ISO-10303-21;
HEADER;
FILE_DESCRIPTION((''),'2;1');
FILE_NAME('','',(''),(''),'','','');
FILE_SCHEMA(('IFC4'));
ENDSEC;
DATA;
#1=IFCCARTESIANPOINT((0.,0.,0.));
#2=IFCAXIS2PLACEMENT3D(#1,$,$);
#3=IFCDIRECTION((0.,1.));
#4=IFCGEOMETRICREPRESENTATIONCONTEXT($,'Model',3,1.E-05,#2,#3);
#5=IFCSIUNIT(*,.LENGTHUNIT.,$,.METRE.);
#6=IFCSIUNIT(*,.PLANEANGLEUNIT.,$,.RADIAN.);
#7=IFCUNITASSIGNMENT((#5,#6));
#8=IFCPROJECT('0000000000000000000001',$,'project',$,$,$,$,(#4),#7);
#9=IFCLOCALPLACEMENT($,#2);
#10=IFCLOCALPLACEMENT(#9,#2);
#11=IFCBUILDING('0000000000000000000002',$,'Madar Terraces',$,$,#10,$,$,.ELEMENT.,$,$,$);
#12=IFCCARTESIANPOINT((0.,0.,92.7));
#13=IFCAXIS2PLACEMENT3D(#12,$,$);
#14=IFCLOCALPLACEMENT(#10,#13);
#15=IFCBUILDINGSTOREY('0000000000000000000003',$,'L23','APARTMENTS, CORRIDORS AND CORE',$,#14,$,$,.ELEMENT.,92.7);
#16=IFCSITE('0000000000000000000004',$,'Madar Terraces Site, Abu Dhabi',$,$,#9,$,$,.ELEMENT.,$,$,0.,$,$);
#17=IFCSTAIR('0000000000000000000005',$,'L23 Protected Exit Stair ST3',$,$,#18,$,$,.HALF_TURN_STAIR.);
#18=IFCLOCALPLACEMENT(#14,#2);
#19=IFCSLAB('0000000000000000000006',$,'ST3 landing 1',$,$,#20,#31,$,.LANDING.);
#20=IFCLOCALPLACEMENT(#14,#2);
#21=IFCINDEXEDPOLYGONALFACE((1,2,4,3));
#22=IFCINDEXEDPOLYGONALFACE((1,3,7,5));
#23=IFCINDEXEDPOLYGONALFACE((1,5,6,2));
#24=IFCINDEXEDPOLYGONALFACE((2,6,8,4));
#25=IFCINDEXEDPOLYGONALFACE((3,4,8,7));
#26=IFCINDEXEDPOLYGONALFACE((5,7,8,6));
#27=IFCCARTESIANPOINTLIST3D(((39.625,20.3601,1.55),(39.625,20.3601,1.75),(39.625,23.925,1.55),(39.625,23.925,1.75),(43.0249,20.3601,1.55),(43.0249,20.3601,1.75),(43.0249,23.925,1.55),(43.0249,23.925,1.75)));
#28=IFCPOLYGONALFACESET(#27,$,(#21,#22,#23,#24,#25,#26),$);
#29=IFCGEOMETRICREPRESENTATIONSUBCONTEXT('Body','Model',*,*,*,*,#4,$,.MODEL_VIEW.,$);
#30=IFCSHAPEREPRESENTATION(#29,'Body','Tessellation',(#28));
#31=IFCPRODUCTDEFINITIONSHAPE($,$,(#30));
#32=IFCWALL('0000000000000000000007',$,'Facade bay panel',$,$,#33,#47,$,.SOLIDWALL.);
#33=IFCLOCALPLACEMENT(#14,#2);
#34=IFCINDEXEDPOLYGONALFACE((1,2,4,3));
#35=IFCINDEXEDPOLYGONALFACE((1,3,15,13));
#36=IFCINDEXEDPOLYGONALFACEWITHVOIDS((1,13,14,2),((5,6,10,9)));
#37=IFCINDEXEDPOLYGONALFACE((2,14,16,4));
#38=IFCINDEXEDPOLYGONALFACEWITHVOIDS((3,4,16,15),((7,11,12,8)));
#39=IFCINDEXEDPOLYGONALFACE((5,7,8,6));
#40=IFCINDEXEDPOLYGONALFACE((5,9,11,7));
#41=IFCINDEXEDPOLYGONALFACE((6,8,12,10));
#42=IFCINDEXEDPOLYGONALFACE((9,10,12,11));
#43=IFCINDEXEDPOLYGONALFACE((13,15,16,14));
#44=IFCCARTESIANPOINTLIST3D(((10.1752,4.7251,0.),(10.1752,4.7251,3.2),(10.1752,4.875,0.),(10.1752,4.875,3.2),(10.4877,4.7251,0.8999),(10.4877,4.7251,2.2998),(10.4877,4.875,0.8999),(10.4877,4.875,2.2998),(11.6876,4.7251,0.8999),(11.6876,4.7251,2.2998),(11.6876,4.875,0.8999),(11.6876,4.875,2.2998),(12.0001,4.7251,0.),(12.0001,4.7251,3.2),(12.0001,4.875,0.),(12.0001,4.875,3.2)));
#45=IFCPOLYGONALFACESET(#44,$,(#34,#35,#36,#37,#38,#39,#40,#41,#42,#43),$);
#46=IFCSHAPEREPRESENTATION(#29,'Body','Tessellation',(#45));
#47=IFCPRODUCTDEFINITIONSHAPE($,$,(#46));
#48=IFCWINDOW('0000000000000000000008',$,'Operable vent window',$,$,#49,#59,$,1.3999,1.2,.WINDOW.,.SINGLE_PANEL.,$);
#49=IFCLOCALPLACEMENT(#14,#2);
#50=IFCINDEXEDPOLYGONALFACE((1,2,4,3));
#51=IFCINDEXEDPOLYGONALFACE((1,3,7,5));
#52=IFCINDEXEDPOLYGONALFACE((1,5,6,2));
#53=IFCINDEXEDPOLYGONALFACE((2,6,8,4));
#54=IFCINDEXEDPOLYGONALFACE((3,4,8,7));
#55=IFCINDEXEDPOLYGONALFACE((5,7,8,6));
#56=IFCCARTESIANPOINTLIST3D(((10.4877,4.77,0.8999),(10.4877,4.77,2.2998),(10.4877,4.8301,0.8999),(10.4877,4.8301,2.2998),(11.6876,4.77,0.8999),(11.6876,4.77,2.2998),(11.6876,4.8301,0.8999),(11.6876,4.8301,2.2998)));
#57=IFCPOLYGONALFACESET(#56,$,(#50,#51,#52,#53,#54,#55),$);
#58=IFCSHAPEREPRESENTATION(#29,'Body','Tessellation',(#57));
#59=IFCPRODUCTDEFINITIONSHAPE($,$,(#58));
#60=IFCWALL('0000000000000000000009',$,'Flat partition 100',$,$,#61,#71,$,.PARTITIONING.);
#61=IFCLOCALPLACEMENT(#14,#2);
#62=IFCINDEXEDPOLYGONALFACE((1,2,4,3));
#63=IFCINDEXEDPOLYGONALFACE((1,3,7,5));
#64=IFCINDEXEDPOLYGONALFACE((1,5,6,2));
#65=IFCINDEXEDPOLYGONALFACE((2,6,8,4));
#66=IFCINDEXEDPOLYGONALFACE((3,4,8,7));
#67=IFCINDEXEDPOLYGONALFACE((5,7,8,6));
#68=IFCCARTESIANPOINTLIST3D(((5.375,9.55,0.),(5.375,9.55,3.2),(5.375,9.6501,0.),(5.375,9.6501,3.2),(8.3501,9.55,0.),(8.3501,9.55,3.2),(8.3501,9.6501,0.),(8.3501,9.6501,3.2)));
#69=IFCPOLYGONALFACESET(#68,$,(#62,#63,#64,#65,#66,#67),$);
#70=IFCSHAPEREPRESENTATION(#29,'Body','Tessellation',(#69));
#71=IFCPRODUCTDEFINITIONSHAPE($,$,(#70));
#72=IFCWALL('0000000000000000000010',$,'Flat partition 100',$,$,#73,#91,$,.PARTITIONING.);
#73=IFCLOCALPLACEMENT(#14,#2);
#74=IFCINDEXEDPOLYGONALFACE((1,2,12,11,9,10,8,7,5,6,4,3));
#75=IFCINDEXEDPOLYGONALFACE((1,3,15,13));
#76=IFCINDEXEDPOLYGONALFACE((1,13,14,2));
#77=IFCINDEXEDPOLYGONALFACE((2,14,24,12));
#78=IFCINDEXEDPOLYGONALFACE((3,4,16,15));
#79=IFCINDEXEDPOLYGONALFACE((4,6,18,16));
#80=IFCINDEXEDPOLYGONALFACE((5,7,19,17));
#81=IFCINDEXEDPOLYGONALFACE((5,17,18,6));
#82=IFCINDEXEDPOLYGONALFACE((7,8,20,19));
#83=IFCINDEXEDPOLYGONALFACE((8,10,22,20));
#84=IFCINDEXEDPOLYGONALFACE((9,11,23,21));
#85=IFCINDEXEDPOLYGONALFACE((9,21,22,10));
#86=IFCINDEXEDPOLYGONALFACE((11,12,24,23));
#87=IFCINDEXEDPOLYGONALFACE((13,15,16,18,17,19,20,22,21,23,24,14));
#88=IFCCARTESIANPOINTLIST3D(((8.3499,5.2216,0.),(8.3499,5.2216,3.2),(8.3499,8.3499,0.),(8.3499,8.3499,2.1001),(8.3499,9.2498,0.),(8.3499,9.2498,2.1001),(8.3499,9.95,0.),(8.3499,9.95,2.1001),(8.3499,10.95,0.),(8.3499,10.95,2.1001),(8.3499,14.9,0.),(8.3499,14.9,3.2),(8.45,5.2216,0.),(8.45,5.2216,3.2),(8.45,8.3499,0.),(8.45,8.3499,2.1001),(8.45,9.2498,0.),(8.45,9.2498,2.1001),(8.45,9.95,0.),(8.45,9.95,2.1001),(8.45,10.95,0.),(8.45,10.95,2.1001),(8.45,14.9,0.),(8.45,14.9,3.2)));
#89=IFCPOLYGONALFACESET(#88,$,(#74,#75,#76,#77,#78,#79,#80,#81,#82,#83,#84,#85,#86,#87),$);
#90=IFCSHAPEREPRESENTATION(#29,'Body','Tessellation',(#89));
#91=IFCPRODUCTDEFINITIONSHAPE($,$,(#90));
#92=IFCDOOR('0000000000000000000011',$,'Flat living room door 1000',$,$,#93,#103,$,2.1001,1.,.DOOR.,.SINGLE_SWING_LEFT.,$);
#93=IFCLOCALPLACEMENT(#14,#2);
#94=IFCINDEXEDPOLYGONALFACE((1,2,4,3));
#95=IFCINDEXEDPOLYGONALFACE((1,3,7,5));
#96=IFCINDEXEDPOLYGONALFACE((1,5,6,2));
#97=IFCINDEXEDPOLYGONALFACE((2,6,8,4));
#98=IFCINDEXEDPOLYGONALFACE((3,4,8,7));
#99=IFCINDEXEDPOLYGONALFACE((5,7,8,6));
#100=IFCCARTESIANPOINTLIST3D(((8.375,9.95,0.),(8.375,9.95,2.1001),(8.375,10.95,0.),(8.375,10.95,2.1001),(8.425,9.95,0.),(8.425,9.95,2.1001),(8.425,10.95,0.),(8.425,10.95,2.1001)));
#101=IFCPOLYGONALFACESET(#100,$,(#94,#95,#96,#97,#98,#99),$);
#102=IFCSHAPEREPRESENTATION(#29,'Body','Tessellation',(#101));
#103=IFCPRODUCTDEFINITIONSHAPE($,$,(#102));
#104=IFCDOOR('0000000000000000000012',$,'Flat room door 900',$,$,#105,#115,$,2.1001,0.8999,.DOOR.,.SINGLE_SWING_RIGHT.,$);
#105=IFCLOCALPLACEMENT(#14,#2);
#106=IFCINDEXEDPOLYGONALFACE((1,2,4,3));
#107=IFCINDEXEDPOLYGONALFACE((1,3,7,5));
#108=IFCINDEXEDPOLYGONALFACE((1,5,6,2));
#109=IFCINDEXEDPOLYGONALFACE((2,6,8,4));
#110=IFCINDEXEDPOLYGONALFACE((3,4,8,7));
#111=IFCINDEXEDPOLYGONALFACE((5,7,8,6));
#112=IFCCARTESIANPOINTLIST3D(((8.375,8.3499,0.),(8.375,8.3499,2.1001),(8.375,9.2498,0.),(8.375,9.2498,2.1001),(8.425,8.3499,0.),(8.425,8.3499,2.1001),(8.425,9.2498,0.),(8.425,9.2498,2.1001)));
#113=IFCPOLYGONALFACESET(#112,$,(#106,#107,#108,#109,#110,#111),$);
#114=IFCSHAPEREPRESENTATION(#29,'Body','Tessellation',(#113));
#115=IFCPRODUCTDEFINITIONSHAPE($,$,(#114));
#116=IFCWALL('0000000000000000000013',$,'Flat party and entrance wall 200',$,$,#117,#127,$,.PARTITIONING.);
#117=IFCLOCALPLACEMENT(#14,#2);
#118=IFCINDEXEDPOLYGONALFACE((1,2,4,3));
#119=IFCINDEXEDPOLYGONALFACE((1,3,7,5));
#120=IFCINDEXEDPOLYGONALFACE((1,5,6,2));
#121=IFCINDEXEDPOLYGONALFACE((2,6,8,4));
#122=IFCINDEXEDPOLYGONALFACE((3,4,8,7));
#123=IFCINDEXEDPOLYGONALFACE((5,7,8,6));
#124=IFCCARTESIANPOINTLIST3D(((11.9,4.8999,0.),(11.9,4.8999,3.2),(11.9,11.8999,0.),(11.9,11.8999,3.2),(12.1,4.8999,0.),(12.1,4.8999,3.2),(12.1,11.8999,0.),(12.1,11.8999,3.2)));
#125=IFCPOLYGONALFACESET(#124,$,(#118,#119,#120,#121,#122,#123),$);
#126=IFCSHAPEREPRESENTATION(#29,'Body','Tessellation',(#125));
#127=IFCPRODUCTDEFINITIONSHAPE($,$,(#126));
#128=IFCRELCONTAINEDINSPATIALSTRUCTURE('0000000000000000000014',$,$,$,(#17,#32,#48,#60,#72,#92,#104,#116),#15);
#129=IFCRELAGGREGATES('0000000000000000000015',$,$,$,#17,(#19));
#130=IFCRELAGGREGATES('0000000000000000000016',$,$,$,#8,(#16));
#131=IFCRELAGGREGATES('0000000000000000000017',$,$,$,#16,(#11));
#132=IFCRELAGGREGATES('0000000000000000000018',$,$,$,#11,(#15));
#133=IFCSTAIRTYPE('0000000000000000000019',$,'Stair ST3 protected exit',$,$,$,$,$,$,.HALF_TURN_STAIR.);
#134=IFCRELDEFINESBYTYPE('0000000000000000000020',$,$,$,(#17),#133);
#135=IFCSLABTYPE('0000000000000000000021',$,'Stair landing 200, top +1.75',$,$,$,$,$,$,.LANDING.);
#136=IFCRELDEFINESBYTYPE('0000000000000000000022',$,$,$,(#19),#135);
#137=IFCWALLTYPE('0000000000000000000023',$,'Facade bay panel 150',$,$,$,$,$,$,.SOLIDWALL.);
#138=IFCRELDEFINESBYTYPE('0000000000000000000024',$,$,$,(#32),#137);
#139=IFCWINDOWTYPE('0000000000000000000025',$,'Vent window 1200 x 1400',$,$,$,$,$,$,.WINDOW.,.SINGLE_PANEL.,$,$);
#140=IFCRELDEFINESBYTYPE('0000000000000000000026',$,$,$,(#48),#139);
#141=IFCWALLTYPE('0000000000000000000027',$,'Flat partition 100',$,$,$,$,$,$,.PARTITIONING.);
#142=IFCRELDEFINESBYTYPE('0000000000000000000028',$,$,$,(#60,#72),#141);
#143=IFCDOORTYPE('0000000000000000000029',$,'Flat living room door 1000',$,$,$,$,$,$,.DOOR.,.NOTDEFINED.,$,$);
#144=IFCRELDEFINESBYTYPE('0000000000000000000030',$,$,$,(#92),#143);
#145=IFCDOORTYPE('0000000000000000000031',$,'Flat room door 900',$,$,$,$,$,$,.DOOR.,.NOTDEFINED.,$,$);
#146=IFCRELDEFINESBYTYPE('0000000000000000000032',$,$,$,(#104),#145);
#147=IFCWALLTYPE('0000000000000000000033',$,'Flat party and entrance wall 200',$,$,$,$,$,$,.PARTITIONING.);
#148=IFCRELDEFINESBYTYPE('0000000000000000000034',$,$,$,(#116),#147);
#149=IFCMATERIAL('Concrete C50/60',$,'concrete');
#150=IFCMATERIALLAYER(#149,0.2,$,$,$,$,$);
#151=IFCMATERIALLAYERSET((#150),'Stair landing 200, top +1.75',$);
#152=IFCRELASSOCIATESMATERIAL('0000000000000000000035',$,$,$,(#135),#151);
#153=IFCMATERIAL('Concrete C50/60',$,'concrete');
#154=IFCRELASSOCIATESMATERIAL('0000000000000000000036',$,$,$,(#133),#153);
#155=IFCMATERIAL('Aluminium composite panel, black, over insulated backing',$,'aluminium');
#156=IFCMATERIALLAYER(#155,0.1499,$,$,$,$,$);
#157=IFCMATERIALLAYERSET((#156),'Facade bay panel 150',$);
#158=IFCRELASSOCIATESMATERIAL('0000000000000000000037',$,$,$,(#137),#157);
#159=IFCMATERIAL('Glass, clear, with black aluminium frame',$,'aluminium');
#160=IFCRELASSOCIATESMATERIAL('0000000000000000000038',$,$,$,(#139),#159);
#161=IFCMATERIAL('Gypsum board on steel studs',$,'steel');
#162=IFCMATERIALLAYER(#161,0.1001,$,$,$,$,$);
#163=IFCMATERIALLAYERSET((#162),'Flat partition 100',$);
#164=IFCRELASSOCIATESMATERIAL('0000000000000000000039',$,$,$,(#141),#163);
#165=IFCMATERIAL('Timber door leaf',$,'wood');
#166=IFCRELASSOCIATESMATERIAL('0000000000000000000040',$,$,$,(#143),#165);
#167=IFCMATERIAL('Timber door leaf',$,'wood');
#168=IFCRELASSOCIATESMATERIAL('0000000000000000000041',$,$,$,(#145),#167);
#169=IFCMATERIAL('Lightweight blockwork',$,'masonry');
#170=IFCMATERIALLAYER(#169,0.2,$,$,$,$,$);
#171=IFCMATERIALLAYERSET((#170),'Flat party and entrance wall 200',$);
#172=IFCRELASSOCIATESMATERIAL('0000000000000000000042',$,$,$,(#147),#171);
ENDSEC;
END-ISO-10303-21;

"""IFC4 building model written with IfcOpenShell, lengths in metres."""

from ifc_helpers import new_model, si_unit, direction, frame, frame_2d, origin, place, context, subcontext, project, spatial, polyline, rectangle, outline, extrude, material, layer, layer_set, type_object, element, fill, aggregate, save


model = new_model("IFC4")

# Units and contexts
model_context = context("Model", 3, precision=1e-05, world=origin(), true_north=direction((0.0, 1.0)))
body_context = subcontext(model_context, "Body", "Model", "MODEL_VIEW")
ifc_project = project(units=[si_unit("LENGTHUNIT", "METRE"), si_unit("PLANEANGLEUNIT", "RADIAN")], contexts=[model_context])

# Site, building, storey
site_placement = place(None, origin())
site = spatial("IfcSite", under=ifc_project, at=site_placement, Name="Madar Terraces Site, Abu Dhabi", CompositionType="ELEMENT", RefElevation=0.0)
building_placement = place(site_placement, origin())
building = spatial("IfcBuilding", under=site, at=building_placement, Name="Madar Terraces", CompositionType="ELEMENT")
storey_placement = place(building_placement, frame((0.0, 0.0, 92.7)))
storey = spatial("IfcBuildingStorey", under=building, at=storey_placement, Name="L23", Description="APARTMENTS, CORRIDORS AND CORE", CompositionType="ELEMENT", Elevation=92.7)

# Stair, slab
ifc_material_1 = material(Name="Concrete C50/60", Category="concrete")
ifc_layer_1 = layer(ifc_material_1, 0.2)
ifc_layer_set_1 = layer_set([ifc_layer_1], Name="Stair landing 200, top +1.75")
slab_type_1 = type_object("IfcSlabType", Name="Stair landing 200, top +1.75", PredefinedType="LANDING", material=ifc_layer_set_1)
ifc_material_2 = material(Name="Concrete C50/60", Category="concrete")
stair_type_1 = type_object("IfcStairType", Name="Stair ST3 protected exit", PredefinedType="HALF_TURN_STAIR", material=ifc_material_2)
stair_1_placement = place(storey_placement, origin())
stair_1 = element("IfcStair", 1, at=stair_1_placement, inside=storey, type_object=stair_type_1, Name="L23 Protected Exit Stair ST3", PredefinedType="HALF_TURN_STAIR")
slab_1_placement = place(storey_placement, frame((0.0, 0.0, 1.55)))
slab_1 = element("IfcSlab", 2, at=slab_1_placement, type_object=slab_type_1, Name="ST3 landing 1", PredefinedType="LANDING", context=body_context, shape_type="SweptSolid", body=[
    extrude(outline(polyline([(39.625, 20.3601), (43.0249, 20.3601), (43.0249, 23.925), (39.625, 23.925), (39.625, 20.3601)])), origin(), (0.0, 0.0, 1.0), 0.2),
])
aggregate(stair_1, [slab_1])

# Wall, opening, window
ifc_material_3 = material(Name="Aluminium composite panel, black, over insulated backing", Category="aluminium")
ifc_layer_2 = layer(ifc_material_3, 0.1499)
ifc_layer_set_2 = layer_set([ifc_layer_2], Name="Facade bay panel 150")
wall_type_1 = type_object("IfcWallType", Name="Facade bay panel 150", PredefinedType="SOLIDWALL", material=ifc_layer_set_2)
wall_1_placement = place(storey_placement, frame((10.175, 4.8, 0.0), z_axis=(0.0, 0.0, 1.0), x_axis=(1.0, 0.0, 0.0)))
wall_1 = element("IfcWall", 3, at=wall_1_placement, inside=storey, type_object=wall_type_1, Name="Facade bay panel", PredefinedType="SOLIDWALL", context=body_context, shape_type="SweptSolid", body=[
    extrude(rectangle(XDim=1.825, YDim=0.1499, at=frame_2d((0.9126, 0.0))), origin(), (0.0, 0.0, 1.0), 3.2),
])
opening_1_placement = place(wall_1_placement, frame((0.3125, 0.0, 0.8999)))
opening_1 = element("IfcOpeningElement", 4, at=opening_1_placement, cuts=wall_1, PredefinedType="OPENING", context=body_context, shape_type="SweptSolid", body=[
    extrude(rectangle(XDim=1.2, YDim=1.3999, at=frame_2d((0.6001, 0.7))), frame((0.0, 0.085, 0.0), z_axis=(0.0, -1.0, 0.0), x_axis=(1.0, 0.0, 0.0)), (0.0, 0.0, 1.0), 0.1699),
])
ifc_material_4 = material(Name="Glass, clear, with black aluminium frame", Category="aluminium")
window_type = type_object("IfcWindowType", Name="Vent window 1200 x 1400", PartitioningType="SINGLE_PANEL", PredefinedType="WINDOW", material=ifc_material_4)
window_placement = place(opening_1_placement, origin())
window = element("IfcWindow", 5, at=window_placement, inside=storey, type_object=window_type, Name="Operable vent window", OverallHeight=1.3999, OverallWidth=1.2, PartitioningType="SINGLE_PANEL", PredefinedType="WINDOW", context=body_context, shape_type="SweptSolid", body=[
    extrude(rectangle(XDim=1.2, YDim=1.3999, at=frame_2d((0.6001, 0.7))), frame((0.0, 0.03, 0.0), z_axis=(0.0, -1.0, 0.0), x_axis=(1.0, 0.0, 0.0)), (0.0, 0.0, 1.0), 0.0601),
])
fill(opening_1, window)

# Wall
ifc_material_5 = material(Name="Gypsum board on steel studs", Category="steel")
ifc_layer_3 = layer(ifc_material_5, 0.1001)
ifc_layer_set_3 = layer_set([ifc_layer_3], Name="Flat partition 100")
wall_type_2 = type_object("IfcWallType", Name="Flat partition 100", PredefinedType="PARTITIONING", material=ifc_layer_set_3)
wall_2_placement = place(storey_placement, frame((8.3501, 9.6001, 0.0), z_axis=(0.0, 0.0, 1.0), x_axis=(-1.0, 0.0, 0.0)))
element("IfcWall", 6, at=wall_2_placement, inside=storey, type_object=wall_type_2, Name="Flat partition 100", PredefinedType="PARTITIONING", context=body_context, shape_type="SweptSolid", body=[
    extrude(rectangle(XDim=2.9751, YDim=0.1001, at=frame_2d((1.4875, 0.0))), origin(), (0.0, 0.0, 1.0), 3.2),
])

# Wall, openings, doors
wall_3_placement = place(storey_placement, frame((8.3999, 5.2214, 0.0), z_axis=(0.0, 0.0, 1.0), x_axis=(0.0, 1.0, 0.0)))
wall_3 = element("IfcWall", 7, at=wall_3_placement, inside=storey, type_object=wall_type_2, Name="Flat partition 100", PredefinedType="PARTITIONING", context=body_context, shape_type="SweptSolid", body=[
    extrude(rectangle(XDim=9.6785, YDim=0.1001, at=frame_2d((4.8394, 0.0))), origin(), (0.0, 0.0, 1.0), 3.2),
])
opening_2_placement = place(wall_3_placement, frame((4.7285, 0.0, 0.0)))
opening_2 = element("IfcOpeningElement", 8, at=opening_2_placement, cuts=wall_3, PredefinedType="OPENING", context=body_context, shape_type="SweptSolid", body=[
    extrude(rectangle(XDim=1.0, YDim=2.1001, at=frame_2d((0.5, 1.05))), frame((0.0, 0.0601, 0.0), z_axis=(0.0, -1.0, 0.0), x_axis=(1.0, 0.0, 0.0)), (0.0, 0.0, 1.0), 0.1201),
])
opening_3_placement = place(wall_3_placement, frame((3.1284, 0.0, 0.0)))
opening_3 = element("IfcOpeningElement", 9, at=opening_3_placement, cuts=wall_3, PredefinedType="OPENING", context=body_context, shape_type="SweptSolid", body=[
    extrude(rectangle(XDim=0.8999, YDim=2.1001, at=frame_2d((0.45, 1.05))), frame((0.0, 0.0601, 0.0), z_axis=(0.0, -1.0, 0.0), x_axis=(1.0, 0.0, 0.0)), (0.0, 0.0, 1.0), 0.1201),
])
ifc_material_6 = material(Name="Timber door leaf", Category="wood")
door_type_1 = type_object("IfcDoorType", Name="Flat living room door 1000", OperationType="NOTDEFINED", PredefinedType="DOOR", material=ifc_material_6)
door_1_placement = place(opening_2_placement, origin())
door_1 = element("IfcDoor", 10, at=door_1_placement, inside=storey, type_object=door_type_1, Name="Flat living room door 1000", OperationType="SINGLE_SWING_LEFT", OverallHeight=2.1001, OverallWidth=1.0, PredefinedType="DOOR", context=body_context, shape_type="SweptSolid", body=[
    extrude(rectangle(XDim=1.0, YDim=2.1001, at=frame_2d((0.5, 1.05))), frame((0.0, 0.0249, 0.0), z_axis=(0.0, -1.0, 0.0), x_axis=(1.0, 0.0, 0.0)), (0.0, 0.0, 1.0), 0.05),
])
fill(opening_2, door_1)
ifc_material_7 = material(Name="Timber door leaf", Category="wood")
door_type_2 = type_object("IfcDoorType", Name="Flat room door 900", OperationType="NOTDEFINED", PredefinedType="DOOR", material=ifc_material_7)
door_2_placement = place(opening_3_placement, origin())
door_2 = element("IfcDoor", 11, at=door_2_placement, inside=storey, type_object=door_type_2, Name="Flat room door 900", OperationType="SINGLE_SWING_RIGHT", OverallHeight=2.1001, OverallWidth=0.8999, PredefinedType="DOOR", context=body_context, shape_type="SweptSolid", body=[
    extrude(rectangle(XDim=0.8999, YDim=2.1001, at=frame_2d((0.45, 1.05))), frame((0.0, 0.0249, 0.0), z_axis=(0.0, -1.0, 0.0), x_axis=(1.0, 0.0, 0.0)), (0.0, 0.0, 1.0), 0.05),
])
fill(opening_3, door_2)

# Wall
ifc_material_8 = material(Name="Lightweight blockwork", Category="masonry")
ifc_layer_4 = layer(ifc_material_8, 0.2)
ifc_layer_set_4 = layer_set([ifc_layer_4], Name="Flat party and entrance wall 200")
wall_type_3 = type_object("IfcWallType", Name="Flat party and entrance wall 200", PredefinedType="PARTITIONING", material=ifc_layer_set_4)
wall_4_placement = place(storey_placement, frame((12.0, 4.8999, 0.0), z_axis=(0.0, 0.0, 1.0), x_axis=(0.0, 1.0, 0.0)))
element("IfcWall", 12, at=wall_4_placement, inside=storey, type_object=wall_type_3, Name="Flat party and entrance wall 200", PredefinedType="PARTITIONING", context=body_context, shape_type="SweptSolid", body=[
    extrude(rectangle(XDim=7.0, YDim=0.2, at=frame_2d((3.5, 0.0))), origin(), (0.0, 0.0, 1.0), 3.2),
])

save(model, "model.ifc")
